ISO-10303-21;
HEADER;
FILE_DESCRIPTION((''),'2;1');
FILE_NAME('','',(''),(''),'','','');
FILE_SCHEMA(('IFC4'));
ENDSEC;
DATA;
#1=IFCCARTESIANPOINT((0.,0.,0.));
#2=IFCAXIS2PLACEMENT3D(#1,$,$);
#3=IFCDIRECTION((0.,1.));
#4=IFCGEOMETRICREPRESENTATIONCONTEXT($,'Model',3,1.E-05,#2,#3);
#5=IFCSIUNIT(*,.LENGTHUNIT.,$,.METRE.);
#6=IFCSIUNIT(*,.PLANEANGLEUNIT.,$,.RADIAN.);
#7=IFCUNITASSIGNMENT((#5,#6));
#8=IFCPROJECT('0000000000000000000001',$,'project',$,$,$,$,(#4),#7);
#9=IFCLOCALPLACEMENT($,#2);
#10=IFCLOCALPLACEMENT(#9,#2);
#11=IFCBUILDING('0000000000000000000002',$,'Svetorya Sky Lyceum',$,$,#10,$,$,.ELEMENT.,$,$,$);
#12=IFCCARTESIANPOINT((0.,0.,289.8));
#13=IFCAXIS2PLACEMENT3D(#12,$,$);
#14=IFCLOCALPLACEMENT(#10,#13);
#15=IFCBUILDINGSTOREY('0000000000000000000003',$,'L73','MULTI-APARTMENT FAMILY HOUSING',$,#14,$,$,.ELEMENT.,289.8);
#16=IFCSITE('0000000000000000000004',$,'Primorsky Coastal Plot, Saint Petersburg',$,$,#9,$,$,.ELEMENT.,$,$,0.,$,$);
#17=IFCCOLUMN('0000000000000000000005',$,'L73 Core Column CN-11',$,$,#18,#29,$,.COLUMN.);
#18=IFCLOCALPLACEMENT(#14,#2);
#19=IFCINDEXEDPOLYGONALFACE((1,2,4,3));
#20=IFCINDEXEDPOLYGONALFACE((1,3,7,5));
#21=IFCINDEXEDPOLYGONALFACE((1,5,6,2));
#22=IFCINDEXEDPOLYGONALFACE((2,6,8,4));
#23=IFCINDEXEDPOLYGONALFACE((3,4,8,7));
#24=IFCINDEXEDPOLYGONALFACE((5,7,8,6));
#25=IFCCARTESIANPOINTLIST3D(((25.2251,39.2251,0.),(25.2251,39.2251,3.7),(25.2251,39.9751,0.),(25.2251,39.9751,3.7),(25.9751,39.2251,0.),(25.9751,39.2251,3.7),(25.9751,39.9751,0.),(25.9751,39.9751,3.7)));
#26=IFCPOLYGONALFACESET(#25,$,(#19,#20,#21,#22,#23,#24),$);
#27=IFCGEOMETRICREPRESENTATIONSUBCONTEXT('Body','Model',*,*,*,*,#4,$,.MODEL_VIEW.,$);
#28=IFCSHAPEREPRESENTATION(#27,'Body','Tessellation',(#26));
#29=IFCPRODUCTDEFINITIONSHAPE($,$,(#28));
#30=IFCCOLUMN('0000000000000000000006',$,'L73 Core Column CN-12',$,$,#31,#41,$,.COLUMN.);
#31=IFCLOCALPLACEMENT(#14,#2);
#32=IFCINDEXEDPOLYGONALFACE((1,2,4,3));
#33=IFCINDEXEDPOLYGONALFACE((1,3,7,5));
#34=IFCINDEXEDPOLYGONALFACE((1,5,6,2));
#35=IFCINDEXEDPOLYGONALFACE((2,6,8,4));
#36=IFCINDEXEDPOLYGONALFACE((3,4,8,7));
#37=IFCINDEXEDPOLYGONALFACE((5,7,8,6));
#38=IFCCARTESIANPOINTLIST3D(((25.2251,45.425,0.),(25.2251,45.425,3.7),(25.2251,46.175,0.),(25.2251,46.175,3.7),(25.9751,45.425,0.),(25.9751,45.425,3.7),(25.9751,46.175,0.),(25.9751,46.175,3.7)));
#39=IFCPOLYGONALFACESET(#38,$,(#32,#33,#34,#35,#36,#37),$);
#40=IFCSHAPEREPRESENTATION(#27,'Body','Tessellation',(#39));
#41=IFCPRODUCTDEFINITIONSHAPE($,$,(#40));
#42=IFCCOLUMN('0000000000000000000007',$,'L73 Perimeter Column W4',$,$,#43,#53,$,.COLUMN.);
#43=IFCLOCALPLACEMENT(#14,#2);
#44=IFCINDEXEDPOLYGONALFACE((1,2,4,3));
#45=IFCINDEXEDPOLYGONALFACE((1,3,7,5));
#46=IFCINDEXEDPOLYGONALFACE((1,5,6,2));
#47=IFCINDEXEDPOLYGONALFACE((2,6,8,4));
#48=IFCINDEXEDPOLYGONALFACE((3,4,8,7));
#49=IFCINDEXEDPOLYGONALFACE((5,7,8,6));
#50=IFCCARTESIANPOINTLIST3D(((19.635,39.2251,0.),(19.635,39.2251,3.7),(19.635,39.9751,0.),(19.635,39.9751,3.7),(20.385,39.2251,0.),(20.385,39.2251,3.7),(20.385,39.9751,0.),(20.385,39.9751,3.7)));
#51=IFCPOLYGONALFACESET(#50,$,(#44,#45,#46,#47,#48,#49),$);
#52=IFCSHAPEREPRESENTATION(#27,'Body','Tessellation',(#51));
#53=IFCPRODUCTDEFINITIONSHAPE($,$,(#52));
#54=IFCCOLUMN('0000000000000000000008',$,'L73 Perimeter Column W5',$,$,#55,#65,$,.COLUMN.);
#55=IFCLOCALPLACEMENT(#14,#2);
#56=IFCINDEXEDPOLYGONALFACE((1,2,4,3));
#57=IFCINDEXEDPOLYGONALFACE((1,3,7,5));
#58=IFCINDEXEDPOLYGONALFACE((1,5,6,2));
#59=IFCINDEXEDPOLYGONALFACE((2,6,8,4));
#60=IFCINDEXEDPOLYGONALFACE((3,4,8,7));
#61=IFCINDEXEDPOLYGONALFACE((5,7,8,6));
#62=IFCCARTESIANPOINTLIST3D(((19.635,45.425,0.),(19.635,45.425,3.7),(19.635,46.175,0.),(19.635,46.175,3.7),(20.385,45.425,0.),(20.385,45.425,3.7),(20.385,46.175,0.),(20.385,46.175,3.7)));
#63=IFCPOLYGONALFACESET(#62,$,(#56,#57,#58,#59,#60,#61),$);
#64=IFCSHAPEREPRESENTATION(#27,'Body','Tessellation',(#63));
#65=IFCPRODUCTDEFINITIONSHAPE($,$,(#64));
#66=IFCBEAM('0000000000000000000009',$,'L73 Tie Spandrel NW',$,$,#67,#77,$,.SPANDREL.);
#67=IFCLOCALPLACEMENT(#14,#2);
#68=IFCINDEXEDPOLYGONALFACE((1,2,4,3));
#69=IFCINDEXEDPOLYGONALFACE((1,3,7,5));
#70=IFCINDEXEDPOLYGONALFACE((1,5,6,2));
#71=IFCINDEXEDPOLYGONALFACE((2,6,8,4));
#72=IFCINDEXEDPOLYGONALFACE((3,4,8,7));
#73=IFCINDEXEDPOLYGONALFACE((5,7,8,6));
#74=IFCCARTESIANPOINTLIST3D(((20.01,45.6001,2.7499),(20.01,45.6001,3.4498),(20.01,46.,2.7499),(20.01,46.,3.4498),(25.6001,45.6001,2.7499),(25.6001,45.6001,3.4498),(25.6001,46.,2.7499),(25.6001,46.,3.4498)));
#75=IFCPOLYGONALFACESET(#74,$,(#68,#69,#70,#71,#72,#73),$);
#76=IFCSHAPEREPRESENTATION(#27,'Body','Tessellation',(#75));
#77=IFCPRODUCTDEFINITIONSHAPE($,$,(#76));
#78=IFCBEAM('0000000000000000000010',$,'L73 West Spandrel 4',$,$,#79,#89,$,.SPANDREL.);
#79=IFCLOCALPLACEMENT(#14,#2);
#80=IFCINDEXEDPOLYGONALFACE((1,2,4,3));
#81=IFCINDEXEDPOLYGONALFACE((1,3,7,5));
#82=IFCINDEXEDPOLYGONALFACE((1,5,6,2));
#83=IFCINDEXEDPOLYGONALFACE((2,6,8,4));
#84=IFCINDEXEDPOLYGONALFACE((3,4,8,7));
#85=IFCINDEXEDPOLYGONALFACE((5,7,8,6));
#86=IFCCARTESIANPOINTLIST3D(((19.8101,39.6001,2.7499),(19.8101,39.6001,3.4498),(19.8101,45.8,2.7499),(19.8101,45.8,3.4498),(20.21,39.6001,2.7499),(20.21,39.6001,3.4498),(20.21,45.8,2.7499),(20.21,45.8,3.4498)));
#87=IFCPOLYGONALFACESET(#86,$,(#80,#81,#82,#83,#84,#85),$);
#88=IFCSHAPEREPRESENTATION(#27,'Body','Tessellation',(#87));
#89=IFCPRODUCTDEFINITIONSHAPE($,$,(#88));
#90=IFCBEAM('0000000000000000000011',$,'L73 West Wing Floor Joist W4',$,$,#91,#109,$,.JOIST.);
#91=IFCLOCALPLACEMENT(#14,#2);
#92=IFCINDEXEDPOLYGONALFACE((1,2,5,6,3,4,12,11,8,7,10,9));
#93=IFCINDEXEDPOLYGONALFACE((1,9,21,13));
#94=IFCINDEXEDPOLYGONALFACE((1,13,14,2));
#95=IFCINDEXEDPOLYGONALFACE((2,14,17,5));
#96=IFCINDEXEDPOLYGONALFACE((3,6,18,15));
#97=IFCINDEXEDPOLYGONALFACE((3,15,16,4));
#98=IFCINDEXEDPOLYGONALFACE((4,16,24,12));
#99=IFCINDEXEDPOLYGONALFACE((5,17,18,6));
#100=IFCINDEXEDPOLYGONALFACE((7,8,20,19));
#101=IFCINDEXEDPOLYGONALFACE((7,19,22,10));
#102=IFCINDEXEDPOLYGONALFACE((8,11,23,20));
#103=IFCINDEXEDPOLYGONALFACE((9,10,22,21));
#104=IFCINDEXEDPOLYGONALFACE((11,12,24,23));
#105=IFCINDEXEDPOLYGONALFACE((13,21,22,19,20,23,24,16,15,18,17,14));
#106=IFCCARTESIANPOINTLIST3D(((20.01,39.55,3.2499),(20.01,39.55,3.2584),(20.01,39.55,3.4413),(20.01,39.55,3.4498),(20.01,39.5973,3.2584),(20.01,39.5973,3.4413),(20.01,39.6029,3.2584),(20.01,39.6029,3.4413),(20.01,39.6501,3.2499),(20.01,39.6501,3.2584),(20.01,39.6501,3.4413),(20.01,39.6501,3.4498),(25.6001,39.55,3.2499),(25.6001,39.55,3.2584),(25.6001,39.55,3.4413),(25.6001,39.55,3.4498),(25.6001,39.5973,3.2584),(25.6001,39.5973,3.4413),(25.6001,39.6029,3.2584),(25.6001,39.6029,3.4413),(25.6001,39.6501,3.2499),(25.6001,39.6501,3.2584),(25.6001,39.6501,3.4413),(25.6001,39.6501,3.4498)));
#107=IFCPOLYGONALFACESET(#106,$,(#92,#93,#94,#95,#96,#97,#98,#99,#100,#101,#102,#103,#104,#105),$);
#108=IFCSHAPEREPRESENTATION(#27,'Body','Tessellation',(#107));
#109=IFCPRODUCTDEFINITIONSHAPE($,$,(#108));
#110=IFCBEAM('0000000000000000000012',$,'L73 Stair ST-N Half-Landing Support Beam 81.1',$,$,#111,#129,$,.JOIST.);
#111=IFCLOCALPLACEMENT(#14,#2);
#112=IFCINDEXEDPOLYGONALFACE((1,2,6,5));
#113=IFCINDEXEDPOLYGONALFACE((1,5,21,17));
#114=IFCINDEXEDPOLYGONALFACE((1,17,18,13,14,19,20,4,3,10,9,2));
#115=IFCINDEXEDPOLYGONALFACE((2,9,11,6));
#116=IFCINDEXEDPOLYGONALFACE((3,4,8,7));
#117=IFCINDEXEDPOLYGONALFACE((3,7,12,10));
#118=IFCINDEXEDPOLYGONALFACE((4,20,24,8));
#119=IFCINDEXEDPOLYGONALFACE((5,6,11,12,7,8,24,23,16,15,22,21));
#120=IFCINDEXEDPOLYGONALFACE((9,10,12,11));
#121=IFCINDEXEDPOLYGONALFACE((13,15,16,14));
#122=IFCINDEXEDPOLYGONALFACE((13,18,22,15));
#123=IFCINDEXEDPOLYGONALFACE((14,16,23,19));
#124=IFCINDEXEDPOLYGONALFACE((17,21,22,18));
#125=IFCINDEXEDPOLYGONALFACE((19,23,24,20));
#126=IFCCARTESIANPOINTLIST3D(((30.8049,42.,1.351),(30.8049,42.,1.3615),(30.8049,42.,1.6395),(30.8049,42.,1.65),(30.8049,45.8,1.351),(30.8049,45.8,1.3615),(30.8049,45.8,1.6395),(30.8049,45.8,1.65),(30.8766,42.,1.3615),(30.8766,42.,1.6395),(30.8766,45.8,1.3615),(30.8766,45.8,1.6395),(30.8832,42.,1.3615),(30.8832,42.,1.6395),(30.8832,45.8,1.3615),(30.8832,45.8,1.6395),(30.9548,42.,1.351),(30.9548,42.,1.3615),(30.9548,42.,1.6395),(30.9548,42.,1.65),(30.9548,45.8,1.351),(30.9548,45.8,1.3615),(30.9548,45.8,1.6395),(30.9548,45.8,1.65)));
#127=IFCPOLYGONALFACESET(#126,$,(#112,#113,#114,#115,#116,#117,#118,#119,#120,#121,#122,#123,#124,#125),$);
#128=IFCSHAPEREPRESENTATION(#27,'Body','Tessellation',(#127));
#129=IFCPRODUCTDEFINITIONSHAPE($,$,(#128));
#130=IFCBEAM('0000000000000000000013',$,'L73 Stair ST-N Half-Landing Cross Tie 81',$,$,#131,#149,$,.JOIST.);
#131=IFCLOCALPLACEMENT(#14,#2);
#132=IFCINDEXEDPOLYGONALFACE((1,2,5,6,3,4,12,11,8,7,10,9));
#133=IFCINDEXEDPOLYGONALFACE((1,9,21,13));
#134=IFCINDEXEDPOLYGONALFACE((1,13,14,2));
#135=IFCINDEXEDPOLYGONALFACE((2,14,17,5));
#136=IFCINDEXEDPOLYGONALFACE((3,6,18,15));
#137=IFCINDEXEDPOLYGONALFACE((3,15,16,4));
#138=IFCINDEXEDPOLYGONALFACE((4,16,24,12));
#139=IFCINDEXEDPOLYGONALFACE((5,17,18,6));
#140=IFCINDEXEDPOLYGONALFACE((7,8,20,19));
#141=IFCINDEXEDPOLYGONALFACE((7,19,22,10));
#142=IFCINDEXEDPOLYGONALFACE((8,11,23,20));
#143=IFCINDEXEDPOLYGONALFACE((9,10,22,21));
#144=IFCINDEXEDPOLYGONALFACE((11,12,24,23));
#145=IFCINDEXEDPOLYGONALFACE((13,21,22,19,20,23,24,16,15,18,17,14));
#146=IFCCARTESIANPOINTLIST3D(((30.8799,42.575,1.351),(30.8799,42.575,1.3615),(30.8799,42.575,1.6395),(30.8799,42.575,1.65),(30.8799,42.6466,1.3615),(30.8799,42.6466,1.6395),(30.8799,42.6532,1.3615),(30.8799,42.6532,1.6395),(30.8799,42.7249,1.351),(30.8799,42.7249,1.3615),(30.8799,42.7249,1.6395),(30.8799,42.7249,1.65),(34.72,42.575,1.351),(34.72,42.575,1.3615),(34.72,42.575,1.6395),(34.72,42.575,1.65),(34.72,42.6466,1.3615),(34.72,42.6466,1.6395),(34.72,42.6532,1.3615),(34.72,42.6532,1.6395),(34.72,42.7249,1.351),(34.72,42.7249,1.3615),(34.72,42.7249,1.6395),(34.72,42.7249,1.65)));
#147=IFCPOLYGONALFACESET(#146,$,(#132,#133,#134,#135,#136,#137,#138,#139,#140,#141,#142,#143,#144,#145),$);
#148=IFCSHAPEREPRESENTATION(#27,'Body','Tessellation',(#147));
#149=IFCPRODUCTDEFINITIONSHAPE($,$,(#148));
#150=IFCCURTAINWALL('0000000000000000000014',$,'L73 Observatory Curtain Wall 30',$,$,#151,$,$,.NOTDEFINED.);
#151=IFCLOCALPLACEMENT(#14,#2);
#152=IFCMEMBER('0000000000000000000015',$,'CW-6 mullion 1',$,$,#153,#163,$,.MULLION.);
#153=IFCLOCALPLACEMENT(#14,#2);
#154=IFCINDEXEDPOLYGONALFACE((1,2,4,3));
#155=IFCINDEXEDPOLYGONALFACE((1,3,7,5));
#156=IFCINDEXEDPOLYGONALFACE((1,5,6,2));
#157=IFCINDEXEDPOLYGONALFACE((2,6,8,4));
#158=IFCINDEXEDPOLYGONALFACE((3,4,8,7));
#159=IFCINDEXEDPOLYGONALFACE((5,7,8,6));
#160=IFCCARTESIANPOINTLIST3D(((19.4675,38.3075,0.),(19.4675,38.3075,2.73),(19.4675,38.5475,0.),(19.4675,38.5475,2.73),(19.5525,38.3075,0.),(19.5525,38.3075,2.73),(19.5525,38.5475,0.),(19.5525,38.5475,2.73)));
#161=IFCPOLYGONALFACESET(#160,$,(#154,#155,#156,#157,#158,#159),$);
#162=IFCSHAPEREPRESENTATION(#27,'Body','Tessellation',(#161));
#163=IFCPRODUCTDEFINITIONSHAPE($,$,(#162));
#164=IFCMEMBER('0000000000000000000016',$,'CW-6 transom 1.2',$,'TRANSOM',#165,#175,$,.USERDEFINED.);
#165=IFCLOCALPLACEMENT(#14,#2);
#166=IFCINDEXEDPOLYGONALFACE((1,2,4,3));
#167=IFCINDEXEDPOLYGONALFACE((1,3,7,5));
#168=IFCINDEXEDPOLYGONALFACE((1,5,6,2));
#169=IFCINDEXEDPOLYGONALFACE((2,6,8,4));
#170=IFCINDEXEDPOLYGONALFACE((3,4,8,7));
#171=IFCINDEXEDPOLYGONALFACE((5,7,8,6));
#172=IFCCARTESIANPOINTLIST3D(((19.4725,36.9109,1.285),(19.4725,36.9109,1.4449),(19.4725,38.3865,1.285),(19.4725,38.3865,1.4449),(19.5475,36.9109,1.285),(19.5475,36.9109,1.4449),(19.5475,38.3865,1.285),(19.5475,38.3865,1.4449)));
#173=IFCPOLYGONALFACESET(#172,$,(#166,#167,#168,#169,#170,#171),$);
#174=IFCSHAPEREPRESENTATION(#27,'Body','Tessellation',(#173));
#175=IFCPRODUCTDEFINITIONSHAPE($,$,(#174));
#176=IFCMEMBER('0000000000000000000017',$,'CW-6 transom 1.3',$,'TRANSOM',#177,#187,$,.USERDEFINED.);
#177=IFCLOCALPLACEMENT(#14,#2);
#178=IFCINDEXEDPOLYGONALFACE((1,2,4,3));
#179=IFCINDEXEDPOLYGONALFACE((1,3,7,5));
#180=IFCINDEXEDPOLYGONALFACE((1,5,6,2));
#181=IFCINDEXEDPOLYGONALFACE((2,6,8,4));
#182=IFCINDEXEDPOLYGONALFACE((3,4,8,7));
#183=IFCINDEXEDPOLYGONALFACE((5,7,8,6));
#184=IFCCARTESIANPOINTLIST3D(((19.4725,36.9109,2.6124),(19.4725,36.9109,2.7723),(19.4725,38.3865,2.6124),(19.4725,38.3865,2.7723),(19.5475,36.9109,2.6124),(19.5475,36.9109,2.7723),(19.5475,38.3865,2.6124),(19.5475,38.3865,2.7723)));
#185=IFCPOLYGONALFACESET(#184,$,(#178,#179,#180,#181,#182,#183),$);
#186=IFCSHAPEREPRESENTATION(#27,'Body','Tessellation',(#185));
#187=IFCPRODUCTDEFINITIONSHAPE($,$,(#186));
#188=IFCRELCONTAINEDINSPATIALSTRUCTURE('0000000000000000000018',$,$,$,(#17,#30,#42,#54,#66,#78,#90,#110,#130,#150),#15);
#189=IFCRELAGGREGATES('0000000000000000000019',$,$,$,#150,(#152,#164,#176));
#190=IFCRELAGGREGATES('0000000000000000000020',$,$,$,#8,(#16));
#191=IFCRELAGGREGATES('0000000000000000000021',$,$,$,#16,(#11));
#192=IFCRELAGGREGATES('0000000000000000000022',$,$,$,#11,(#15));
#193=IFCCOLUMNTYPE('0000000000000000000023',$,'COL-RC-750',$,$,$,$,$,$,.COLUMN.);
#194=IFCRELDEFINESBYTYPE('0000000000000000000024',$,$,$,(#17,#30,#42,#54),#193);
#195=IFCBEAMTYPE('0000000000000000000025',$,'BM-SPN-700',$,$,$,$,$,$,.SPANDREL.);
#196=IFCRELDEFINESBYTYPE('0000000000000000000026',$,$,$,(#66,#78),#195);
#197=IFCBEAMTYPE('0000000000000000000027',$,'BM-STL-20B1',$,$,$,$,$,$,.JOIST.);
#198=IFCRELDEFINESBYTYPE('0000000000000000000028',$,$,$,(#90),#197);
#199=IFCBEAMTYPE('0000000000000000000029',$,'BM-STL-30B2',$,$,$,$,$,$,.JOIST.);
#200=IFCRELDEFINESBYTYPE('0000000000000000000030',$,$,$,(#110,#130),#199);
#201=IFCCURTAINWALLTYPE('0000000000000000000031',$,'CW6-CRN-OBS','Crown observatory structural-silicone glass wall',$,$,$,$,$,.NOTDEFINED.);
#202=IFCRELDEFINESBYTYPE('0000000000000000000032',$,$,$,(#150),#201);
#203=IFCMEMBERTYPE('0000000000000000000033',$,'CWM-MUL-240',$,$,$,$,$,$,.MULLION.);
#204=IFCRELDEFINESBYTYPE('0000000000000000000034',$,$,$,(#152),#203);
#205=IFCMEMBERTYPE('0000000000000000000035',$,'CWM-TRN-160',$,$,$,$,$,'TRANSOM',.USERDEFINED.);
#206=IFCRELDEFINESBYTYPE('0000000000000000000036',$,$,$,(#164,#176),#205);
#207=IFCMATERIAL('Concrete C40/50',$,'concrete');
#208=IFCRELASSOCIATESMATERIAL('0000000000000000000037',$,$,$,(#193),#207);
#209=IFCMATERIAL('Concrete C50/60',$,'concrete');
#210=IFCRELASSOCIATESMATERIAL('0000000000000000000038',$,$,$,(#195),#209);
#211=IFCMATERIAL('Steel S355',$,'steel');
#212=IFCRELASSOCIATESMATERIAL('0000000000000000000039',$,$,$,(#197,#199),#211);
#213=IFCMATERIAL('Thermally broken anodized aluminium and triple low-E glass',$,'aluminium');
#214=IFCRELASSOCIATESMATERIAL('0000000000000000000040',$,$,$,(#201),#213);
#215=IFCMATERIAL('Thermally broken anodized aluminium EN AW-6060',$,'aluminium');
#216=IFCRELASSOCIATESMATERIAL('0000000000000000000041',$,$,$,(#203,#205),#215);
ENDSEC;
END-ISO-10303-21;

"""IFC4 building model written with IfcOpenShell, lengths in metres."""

from ifc_helpers import new_model, si_unit, direction, frame, origin, origin_2d, place, context, subcontext, project, spatial, rectangle, i_section, extrude, material, material_profile, profile_set, type_object, element, aggregate, save


model = new_model("IFC4")

# Units and contexts
model_context = context("Model", 3, precision=1e-05, world=origin(), true_north=direction((0.0, 1.0)))
body_context = subcontext(model_context, "Body", "Model", "MODEL_VIEW")
ifc_project = project(units=[si_unit("LENGTHUNIT", "METRE"), si_unit("PLANEANGLEUNIT", "RADIAN")], contexts=[model_context])

# Site, building, storey
site_placement = place(None, origin())
site = spatial("IfcSite", under=ifc_project, at=site_placement, Name="Primorsky Coastal Plot, Saint Petersburg", CompositionType="ELEMENT", RefElevation=0.0)
building_placement = place(site_placement, origin())
building = spatial("IfcBuilding", under=site, at=building_placement, Name="Svetorya Sky Lyceum", CompositionType="ELEMENT")
storey_placement = place(building_placement, frame((0.0, 0.0, 289.8)))
storey = spatial("IfcBuildingStorey", under=building, at=storey_placement, Name="L73", Description="MULTI-APARTMENT FAMILY HOUSING", CompositionType="ELEMENT", Elevation=289.8)

# Columns
ifc_material_1 = material(Name="Concrete C40/50", Category="concrete")
ifc_material_profile_1 = material_profile(ifc_material_1, rectangle(XDim=0.75, YDim=0.75, at=origin_2d()), Name="RC COL 750x750")
ifc_profile_set_1 = profile_set([ifc_material_profile_1], Name="Concrete C40/50")
column_type = type_object("IfcColumnType", Name="COL-RC-750", PredefinedType="COLUMN", material=ifc_profile_set_1)
for number, where, z_axis, x_axis, name in (
    (1, (25.6001, 39.6001, 0.0), (0.0, 0.0, 1.0), (1.0, 0.0, 0.0), "L73 Core Column CN-11"),
    (2, (25.6001, 45.8, 0.0), (0.0, 0.0, 1.0), (1.0, 0.0, 0.0), "L73 Core Column CN-12"),
    (3, (20.01, 39.6001, 0.0), (0.0, 0.0, 1.0), (1.0, 0.0, 0.0), "L73 Perimeter Column W4"),
    (4, (20.01, 45.8, 0.0), (0.0, 0.0, 1.0), (1.0, 0.0, 0.0), "L73 Perimeter Column W5"),
):
    element("IfcColumn", number, at=place(storey_placement, frame(where, z_axis=z_axis, x_axis=x_axis)), inside=storey, type_object=column_type, Name=name, PredefinedType="COLUMN", context=body_context, shape_type="SweptSolid", body=[
        extrude(rectangle(XDim=0.75, YDim=0.75, at=origin_2d()), origin(), (0.0, 0.0, 1.0), 3.7),
    ])

# Beams
ifc_material_2 = material(Name="Concrete C50/60", Category="concrete")
ifc_material_profile_2 = material_profile(ifc_material_2, rectangle(XDim=0.3999, YDim=0.7, at=origin_2d()), Name="RC SPANDREL 400x700")
ifc_profile_set_2 = profile_set([ifc_material_profile_2], Name="Concrete C50/60")
beam_type_1 = type_object("IfcBeamType", Name="BM-SPN-700", PredefinedType="SPANDREL", material=ifc_profile_set_2)
beam_1_placement = place(storey_placement, frame((20.01, 45.8, 3.0999), z_axis=(1.0, 0.0, 0.0), x_axis=(0.0, 1.0, 0.0)))
element("IfcBeam", 5, at=beam_1_placement, inside=storey, type_object=beam_type_1, Name="L73 Tie Spandrel NW", PredefinedType="SPANDREL", context=body_context, shape_type="SweptSolid", body=[
    extrude(rectangle(XDim=0.3999, YDim=0.7, at=origin_2d()), origin(), (0.0, 0.0, 1.0), 5.5901),
])
beam_2_placement = place(storey_placement, frame((20.01, 39.6001, 3.0999), z_axis=(0.0, 1.0, 0.0), x_axis=(-1.0, 0.0, 0.0)))
element("IfcBeam", 6, at=beam_2_placement, inside=storey, type_object=beam_type_1, Name="L73 West Spandrel 4", PredefinedType="SPANDREL", context=body_context, shape_type="SweptSolid", body=[
    extrude(rectangle(XDim=0.3999, YDim=0.7, at=origin_2d()), origin(), (0.0, 0.0, 1.0), 6.2),
])
ifc_material_3 = material(Name="Steel S355", Category="steel")
ifc_material_profile_3 = material_profile(ifc_material_3, i_section(OverallWidth=0.1001, OverallDepth=0.2, WebThickness=0.0056, FlangeThickness=0.0085, at=origin_2d()), Name="GOST 20B1")
ifc_profile_set_3 = profile_set([ifc_material_profile_3], Name="Steel S355")
beam_type_2 = type_object("IfcBeamType", Name="BM-STL-20B1", PredefinedType="JOIST", material=ifc_profile_set_3)
beam_3_placement = place(storey_placement, frame((20.01, 39.6001, 3.3499), z_axis=(1.0, 0.0, 0.0), x_axis=(0.0, 1.0, 0.0)))
element("IfcBeam", 7, at=beam_3_placement, inside=storey, type_object=beam_type_2, Name="L73 West Wing Floor Joist W4", PredefinedType="JOIST", context=body_context, shape_type="SweptSolid", body=[
    extrude(i_section(OverallWidth=0.1001, OverallDepth=0.2, WebThickness=0.0056, FlangeThickness=0.0085, at=origin_2d()), origin(), (0.0, 0.0, 1.0), 5.5901),
])
ifc_material_profile_4 = material_profile(ifc_material_3, i_section(OverallWidth=0.1499, OverallDepth=0.2991, WebThickness=0.0066, FlangeThickness=0.0105, at=origin_2d()), Name="GOST 30B2")
ifc_profile_set_4 = profile_set([ifc_material_profile_4], Name="Steel S355")
beam_type_3 = type_object("IfcBeamType", Name="BM-STL-30B2", PredefinedType="JOIST", material=ifc_profile_set_4)
beam_4_placement = place(storey_placement, frame((30.8799, 42.0, 1.5005), z_axis=(0.0, 1.0, 0.0), x_axis=(-1.0, 0.0, 0.0)))
element("IfcBeam", 8, at=beam_4_placement, inside=storey, type_object=beam_type_3, Name="L73 Stair ST-N Half-Landing Support Beam 81.1", PredefinedType="JOIST", context=body_context, shape_type="SweptSolid", body=[
    extrude(i_section(OverallWidth=0.1499, OverallDepth=0.2991, WebThickness=0.0066, FlangeThickness=0.0105, at=origin_2d()), origin(), (0.0, 0.0, 1.0), 3.8),
])
beam_5_placement = place(storey_placement, frame((30.8799, 42.6499, 1.5005), z_axis=(1.0, 0.0, 0.0), x_axis=(0.0, 1.0, 0.0)))
element("IfcBeam", 9, at=beam_5_placement, inside=storey, type_object=beam_type_3, Name="L73 Stair ST-N Half-Landing Cross Tie 81", PredefinedType="JOIST", context=body_context, shape_type="SweptSolid", body=[
    extrude(i_section(OverallWidth=0.1499, OverallDepth=0.2991, WebThickness=0.0066, FlangeThickness=0.0105, at=origin_2d()), origin(), (0.0, 0.0, 1.0), 3.8401),
])

# Curtain wall, members
ifc_material_4 = material(Name="Thermally broken anodized aluminium and triple low-E glass", Category="aluminium")
curtain_wall_type = type_object("IfcCurtainWallType", Name="CW6-CRN-OBS", Description="Crown observatory structural-silicone glass wall", PredefinedType="NOTDEFINED", material=ifc_material_4)
curtain_wall_placement = place(storey_placement, origin())
curtain_wall = element("IfcCurtainWall", 10, at=curtain_wall_placement, inside=storey, type_object=curtain_wall_type, Name="L73 Observatory Curtain Wall 30", PredefinedType="NOTDEFINED")
ifc_material_5 = material(Name="Thermally broken anodized aluminium EN AW-6060", Category="aluminium")
ifc_material_profile_5 = material_profile(ifc_material_5, rectangle(XDim=0.085, YDim=0.24, at=origin_2d()), Name="ALU MULLION 85x240")
ifc_profile_set_5 = profile_set([ifc_material_profile_5], Name="Thermally broken anodized aluminium EN AW-6060")
member_type_1 = type_object("IfcMemberType", Name="CWM-MUL-240", PredefinedType="MULLION", material=ifc_profile_set_5)
member_1_placement = place(storey_placement, frame((19.51, 38.4275, 0.0), z_axis=(0.0, 0.0, 1.0), x_axis=(1.0, 0.0, 0.0)))
member_1 = element("IfcMember", 11, at=member_1_placement, type_object=member_type_1, Name="CW-6 mullion 1", PredefinedType="MULLION", context=body_context, shape_type="SweptSolid", body=[
    extrude(rectangle(XDim=0.085, YDim=0.24, at=origin_2d()), origin(), (0.0, 0.0, 1.0), 2.73),
])
ifc_material_profile_6 = material_profile(ifc_material_5, rectangle(XDim=0.075, YDim=0.1599, at=origin_2d()), Name="ALU TRANSOM 75x160")
ifc_profile_set_6 = profile_set([ifc_material_profile_6], Name="Thermally broken anodized aluminium EN AW-6060")
member_type_2 = type_object("IfcMemberType", Name="CWM-TRN-160", ElementType="TRANSOM", PredefinedType="USERDEFINED", material=ifc_profile_set_6)
member_2_placement = place(storey_placement, frame((19.51, 38.3865, 1.365), z_axis=(0.0, -1.0, 0.0), x_axis=(1.0, 0.0, 0.0)))
member_2 = element("IfcMember", 12, at=member_2_placement, type_object=member_type_2, Name="CW-6 transom 1.2", ObjectType="TRANSOM", PredefinedType="USERDEFINED", context=body_context, shape_type="SweptSolid", body=[
    extrude(rectangle(XDim=0.075, YDim=0.1599, at=origin_2d()), origin(), (0.0, 0.0, 1.0), 1.4756),
])
member_3_placement = place(storey_placement, frame((19.51, 38.3865, 2.6924), z_axis=(0.0, -1.0, 0.0), x_axis=(1.0, 0.0, 0.0)))
member_3 = element("IfcMember", 13, at=member_3_placement, type_object=member_type_2, Name="CW-6 transom 1.3", ObjectType="TRANSOM", PredefinedType="USERDEFINED", context=body_context, shape_type="SweptSolid", body=[
    extrude(rectangle(XDim=0.075, YDim=0.1599, at=origin_2d()), origin(), (0.0, 0.0, 1.0), 1.4756),
])
aggregate(curtain_wall, [member_1, member_2, member_3])

save(model, "model.ifc")
